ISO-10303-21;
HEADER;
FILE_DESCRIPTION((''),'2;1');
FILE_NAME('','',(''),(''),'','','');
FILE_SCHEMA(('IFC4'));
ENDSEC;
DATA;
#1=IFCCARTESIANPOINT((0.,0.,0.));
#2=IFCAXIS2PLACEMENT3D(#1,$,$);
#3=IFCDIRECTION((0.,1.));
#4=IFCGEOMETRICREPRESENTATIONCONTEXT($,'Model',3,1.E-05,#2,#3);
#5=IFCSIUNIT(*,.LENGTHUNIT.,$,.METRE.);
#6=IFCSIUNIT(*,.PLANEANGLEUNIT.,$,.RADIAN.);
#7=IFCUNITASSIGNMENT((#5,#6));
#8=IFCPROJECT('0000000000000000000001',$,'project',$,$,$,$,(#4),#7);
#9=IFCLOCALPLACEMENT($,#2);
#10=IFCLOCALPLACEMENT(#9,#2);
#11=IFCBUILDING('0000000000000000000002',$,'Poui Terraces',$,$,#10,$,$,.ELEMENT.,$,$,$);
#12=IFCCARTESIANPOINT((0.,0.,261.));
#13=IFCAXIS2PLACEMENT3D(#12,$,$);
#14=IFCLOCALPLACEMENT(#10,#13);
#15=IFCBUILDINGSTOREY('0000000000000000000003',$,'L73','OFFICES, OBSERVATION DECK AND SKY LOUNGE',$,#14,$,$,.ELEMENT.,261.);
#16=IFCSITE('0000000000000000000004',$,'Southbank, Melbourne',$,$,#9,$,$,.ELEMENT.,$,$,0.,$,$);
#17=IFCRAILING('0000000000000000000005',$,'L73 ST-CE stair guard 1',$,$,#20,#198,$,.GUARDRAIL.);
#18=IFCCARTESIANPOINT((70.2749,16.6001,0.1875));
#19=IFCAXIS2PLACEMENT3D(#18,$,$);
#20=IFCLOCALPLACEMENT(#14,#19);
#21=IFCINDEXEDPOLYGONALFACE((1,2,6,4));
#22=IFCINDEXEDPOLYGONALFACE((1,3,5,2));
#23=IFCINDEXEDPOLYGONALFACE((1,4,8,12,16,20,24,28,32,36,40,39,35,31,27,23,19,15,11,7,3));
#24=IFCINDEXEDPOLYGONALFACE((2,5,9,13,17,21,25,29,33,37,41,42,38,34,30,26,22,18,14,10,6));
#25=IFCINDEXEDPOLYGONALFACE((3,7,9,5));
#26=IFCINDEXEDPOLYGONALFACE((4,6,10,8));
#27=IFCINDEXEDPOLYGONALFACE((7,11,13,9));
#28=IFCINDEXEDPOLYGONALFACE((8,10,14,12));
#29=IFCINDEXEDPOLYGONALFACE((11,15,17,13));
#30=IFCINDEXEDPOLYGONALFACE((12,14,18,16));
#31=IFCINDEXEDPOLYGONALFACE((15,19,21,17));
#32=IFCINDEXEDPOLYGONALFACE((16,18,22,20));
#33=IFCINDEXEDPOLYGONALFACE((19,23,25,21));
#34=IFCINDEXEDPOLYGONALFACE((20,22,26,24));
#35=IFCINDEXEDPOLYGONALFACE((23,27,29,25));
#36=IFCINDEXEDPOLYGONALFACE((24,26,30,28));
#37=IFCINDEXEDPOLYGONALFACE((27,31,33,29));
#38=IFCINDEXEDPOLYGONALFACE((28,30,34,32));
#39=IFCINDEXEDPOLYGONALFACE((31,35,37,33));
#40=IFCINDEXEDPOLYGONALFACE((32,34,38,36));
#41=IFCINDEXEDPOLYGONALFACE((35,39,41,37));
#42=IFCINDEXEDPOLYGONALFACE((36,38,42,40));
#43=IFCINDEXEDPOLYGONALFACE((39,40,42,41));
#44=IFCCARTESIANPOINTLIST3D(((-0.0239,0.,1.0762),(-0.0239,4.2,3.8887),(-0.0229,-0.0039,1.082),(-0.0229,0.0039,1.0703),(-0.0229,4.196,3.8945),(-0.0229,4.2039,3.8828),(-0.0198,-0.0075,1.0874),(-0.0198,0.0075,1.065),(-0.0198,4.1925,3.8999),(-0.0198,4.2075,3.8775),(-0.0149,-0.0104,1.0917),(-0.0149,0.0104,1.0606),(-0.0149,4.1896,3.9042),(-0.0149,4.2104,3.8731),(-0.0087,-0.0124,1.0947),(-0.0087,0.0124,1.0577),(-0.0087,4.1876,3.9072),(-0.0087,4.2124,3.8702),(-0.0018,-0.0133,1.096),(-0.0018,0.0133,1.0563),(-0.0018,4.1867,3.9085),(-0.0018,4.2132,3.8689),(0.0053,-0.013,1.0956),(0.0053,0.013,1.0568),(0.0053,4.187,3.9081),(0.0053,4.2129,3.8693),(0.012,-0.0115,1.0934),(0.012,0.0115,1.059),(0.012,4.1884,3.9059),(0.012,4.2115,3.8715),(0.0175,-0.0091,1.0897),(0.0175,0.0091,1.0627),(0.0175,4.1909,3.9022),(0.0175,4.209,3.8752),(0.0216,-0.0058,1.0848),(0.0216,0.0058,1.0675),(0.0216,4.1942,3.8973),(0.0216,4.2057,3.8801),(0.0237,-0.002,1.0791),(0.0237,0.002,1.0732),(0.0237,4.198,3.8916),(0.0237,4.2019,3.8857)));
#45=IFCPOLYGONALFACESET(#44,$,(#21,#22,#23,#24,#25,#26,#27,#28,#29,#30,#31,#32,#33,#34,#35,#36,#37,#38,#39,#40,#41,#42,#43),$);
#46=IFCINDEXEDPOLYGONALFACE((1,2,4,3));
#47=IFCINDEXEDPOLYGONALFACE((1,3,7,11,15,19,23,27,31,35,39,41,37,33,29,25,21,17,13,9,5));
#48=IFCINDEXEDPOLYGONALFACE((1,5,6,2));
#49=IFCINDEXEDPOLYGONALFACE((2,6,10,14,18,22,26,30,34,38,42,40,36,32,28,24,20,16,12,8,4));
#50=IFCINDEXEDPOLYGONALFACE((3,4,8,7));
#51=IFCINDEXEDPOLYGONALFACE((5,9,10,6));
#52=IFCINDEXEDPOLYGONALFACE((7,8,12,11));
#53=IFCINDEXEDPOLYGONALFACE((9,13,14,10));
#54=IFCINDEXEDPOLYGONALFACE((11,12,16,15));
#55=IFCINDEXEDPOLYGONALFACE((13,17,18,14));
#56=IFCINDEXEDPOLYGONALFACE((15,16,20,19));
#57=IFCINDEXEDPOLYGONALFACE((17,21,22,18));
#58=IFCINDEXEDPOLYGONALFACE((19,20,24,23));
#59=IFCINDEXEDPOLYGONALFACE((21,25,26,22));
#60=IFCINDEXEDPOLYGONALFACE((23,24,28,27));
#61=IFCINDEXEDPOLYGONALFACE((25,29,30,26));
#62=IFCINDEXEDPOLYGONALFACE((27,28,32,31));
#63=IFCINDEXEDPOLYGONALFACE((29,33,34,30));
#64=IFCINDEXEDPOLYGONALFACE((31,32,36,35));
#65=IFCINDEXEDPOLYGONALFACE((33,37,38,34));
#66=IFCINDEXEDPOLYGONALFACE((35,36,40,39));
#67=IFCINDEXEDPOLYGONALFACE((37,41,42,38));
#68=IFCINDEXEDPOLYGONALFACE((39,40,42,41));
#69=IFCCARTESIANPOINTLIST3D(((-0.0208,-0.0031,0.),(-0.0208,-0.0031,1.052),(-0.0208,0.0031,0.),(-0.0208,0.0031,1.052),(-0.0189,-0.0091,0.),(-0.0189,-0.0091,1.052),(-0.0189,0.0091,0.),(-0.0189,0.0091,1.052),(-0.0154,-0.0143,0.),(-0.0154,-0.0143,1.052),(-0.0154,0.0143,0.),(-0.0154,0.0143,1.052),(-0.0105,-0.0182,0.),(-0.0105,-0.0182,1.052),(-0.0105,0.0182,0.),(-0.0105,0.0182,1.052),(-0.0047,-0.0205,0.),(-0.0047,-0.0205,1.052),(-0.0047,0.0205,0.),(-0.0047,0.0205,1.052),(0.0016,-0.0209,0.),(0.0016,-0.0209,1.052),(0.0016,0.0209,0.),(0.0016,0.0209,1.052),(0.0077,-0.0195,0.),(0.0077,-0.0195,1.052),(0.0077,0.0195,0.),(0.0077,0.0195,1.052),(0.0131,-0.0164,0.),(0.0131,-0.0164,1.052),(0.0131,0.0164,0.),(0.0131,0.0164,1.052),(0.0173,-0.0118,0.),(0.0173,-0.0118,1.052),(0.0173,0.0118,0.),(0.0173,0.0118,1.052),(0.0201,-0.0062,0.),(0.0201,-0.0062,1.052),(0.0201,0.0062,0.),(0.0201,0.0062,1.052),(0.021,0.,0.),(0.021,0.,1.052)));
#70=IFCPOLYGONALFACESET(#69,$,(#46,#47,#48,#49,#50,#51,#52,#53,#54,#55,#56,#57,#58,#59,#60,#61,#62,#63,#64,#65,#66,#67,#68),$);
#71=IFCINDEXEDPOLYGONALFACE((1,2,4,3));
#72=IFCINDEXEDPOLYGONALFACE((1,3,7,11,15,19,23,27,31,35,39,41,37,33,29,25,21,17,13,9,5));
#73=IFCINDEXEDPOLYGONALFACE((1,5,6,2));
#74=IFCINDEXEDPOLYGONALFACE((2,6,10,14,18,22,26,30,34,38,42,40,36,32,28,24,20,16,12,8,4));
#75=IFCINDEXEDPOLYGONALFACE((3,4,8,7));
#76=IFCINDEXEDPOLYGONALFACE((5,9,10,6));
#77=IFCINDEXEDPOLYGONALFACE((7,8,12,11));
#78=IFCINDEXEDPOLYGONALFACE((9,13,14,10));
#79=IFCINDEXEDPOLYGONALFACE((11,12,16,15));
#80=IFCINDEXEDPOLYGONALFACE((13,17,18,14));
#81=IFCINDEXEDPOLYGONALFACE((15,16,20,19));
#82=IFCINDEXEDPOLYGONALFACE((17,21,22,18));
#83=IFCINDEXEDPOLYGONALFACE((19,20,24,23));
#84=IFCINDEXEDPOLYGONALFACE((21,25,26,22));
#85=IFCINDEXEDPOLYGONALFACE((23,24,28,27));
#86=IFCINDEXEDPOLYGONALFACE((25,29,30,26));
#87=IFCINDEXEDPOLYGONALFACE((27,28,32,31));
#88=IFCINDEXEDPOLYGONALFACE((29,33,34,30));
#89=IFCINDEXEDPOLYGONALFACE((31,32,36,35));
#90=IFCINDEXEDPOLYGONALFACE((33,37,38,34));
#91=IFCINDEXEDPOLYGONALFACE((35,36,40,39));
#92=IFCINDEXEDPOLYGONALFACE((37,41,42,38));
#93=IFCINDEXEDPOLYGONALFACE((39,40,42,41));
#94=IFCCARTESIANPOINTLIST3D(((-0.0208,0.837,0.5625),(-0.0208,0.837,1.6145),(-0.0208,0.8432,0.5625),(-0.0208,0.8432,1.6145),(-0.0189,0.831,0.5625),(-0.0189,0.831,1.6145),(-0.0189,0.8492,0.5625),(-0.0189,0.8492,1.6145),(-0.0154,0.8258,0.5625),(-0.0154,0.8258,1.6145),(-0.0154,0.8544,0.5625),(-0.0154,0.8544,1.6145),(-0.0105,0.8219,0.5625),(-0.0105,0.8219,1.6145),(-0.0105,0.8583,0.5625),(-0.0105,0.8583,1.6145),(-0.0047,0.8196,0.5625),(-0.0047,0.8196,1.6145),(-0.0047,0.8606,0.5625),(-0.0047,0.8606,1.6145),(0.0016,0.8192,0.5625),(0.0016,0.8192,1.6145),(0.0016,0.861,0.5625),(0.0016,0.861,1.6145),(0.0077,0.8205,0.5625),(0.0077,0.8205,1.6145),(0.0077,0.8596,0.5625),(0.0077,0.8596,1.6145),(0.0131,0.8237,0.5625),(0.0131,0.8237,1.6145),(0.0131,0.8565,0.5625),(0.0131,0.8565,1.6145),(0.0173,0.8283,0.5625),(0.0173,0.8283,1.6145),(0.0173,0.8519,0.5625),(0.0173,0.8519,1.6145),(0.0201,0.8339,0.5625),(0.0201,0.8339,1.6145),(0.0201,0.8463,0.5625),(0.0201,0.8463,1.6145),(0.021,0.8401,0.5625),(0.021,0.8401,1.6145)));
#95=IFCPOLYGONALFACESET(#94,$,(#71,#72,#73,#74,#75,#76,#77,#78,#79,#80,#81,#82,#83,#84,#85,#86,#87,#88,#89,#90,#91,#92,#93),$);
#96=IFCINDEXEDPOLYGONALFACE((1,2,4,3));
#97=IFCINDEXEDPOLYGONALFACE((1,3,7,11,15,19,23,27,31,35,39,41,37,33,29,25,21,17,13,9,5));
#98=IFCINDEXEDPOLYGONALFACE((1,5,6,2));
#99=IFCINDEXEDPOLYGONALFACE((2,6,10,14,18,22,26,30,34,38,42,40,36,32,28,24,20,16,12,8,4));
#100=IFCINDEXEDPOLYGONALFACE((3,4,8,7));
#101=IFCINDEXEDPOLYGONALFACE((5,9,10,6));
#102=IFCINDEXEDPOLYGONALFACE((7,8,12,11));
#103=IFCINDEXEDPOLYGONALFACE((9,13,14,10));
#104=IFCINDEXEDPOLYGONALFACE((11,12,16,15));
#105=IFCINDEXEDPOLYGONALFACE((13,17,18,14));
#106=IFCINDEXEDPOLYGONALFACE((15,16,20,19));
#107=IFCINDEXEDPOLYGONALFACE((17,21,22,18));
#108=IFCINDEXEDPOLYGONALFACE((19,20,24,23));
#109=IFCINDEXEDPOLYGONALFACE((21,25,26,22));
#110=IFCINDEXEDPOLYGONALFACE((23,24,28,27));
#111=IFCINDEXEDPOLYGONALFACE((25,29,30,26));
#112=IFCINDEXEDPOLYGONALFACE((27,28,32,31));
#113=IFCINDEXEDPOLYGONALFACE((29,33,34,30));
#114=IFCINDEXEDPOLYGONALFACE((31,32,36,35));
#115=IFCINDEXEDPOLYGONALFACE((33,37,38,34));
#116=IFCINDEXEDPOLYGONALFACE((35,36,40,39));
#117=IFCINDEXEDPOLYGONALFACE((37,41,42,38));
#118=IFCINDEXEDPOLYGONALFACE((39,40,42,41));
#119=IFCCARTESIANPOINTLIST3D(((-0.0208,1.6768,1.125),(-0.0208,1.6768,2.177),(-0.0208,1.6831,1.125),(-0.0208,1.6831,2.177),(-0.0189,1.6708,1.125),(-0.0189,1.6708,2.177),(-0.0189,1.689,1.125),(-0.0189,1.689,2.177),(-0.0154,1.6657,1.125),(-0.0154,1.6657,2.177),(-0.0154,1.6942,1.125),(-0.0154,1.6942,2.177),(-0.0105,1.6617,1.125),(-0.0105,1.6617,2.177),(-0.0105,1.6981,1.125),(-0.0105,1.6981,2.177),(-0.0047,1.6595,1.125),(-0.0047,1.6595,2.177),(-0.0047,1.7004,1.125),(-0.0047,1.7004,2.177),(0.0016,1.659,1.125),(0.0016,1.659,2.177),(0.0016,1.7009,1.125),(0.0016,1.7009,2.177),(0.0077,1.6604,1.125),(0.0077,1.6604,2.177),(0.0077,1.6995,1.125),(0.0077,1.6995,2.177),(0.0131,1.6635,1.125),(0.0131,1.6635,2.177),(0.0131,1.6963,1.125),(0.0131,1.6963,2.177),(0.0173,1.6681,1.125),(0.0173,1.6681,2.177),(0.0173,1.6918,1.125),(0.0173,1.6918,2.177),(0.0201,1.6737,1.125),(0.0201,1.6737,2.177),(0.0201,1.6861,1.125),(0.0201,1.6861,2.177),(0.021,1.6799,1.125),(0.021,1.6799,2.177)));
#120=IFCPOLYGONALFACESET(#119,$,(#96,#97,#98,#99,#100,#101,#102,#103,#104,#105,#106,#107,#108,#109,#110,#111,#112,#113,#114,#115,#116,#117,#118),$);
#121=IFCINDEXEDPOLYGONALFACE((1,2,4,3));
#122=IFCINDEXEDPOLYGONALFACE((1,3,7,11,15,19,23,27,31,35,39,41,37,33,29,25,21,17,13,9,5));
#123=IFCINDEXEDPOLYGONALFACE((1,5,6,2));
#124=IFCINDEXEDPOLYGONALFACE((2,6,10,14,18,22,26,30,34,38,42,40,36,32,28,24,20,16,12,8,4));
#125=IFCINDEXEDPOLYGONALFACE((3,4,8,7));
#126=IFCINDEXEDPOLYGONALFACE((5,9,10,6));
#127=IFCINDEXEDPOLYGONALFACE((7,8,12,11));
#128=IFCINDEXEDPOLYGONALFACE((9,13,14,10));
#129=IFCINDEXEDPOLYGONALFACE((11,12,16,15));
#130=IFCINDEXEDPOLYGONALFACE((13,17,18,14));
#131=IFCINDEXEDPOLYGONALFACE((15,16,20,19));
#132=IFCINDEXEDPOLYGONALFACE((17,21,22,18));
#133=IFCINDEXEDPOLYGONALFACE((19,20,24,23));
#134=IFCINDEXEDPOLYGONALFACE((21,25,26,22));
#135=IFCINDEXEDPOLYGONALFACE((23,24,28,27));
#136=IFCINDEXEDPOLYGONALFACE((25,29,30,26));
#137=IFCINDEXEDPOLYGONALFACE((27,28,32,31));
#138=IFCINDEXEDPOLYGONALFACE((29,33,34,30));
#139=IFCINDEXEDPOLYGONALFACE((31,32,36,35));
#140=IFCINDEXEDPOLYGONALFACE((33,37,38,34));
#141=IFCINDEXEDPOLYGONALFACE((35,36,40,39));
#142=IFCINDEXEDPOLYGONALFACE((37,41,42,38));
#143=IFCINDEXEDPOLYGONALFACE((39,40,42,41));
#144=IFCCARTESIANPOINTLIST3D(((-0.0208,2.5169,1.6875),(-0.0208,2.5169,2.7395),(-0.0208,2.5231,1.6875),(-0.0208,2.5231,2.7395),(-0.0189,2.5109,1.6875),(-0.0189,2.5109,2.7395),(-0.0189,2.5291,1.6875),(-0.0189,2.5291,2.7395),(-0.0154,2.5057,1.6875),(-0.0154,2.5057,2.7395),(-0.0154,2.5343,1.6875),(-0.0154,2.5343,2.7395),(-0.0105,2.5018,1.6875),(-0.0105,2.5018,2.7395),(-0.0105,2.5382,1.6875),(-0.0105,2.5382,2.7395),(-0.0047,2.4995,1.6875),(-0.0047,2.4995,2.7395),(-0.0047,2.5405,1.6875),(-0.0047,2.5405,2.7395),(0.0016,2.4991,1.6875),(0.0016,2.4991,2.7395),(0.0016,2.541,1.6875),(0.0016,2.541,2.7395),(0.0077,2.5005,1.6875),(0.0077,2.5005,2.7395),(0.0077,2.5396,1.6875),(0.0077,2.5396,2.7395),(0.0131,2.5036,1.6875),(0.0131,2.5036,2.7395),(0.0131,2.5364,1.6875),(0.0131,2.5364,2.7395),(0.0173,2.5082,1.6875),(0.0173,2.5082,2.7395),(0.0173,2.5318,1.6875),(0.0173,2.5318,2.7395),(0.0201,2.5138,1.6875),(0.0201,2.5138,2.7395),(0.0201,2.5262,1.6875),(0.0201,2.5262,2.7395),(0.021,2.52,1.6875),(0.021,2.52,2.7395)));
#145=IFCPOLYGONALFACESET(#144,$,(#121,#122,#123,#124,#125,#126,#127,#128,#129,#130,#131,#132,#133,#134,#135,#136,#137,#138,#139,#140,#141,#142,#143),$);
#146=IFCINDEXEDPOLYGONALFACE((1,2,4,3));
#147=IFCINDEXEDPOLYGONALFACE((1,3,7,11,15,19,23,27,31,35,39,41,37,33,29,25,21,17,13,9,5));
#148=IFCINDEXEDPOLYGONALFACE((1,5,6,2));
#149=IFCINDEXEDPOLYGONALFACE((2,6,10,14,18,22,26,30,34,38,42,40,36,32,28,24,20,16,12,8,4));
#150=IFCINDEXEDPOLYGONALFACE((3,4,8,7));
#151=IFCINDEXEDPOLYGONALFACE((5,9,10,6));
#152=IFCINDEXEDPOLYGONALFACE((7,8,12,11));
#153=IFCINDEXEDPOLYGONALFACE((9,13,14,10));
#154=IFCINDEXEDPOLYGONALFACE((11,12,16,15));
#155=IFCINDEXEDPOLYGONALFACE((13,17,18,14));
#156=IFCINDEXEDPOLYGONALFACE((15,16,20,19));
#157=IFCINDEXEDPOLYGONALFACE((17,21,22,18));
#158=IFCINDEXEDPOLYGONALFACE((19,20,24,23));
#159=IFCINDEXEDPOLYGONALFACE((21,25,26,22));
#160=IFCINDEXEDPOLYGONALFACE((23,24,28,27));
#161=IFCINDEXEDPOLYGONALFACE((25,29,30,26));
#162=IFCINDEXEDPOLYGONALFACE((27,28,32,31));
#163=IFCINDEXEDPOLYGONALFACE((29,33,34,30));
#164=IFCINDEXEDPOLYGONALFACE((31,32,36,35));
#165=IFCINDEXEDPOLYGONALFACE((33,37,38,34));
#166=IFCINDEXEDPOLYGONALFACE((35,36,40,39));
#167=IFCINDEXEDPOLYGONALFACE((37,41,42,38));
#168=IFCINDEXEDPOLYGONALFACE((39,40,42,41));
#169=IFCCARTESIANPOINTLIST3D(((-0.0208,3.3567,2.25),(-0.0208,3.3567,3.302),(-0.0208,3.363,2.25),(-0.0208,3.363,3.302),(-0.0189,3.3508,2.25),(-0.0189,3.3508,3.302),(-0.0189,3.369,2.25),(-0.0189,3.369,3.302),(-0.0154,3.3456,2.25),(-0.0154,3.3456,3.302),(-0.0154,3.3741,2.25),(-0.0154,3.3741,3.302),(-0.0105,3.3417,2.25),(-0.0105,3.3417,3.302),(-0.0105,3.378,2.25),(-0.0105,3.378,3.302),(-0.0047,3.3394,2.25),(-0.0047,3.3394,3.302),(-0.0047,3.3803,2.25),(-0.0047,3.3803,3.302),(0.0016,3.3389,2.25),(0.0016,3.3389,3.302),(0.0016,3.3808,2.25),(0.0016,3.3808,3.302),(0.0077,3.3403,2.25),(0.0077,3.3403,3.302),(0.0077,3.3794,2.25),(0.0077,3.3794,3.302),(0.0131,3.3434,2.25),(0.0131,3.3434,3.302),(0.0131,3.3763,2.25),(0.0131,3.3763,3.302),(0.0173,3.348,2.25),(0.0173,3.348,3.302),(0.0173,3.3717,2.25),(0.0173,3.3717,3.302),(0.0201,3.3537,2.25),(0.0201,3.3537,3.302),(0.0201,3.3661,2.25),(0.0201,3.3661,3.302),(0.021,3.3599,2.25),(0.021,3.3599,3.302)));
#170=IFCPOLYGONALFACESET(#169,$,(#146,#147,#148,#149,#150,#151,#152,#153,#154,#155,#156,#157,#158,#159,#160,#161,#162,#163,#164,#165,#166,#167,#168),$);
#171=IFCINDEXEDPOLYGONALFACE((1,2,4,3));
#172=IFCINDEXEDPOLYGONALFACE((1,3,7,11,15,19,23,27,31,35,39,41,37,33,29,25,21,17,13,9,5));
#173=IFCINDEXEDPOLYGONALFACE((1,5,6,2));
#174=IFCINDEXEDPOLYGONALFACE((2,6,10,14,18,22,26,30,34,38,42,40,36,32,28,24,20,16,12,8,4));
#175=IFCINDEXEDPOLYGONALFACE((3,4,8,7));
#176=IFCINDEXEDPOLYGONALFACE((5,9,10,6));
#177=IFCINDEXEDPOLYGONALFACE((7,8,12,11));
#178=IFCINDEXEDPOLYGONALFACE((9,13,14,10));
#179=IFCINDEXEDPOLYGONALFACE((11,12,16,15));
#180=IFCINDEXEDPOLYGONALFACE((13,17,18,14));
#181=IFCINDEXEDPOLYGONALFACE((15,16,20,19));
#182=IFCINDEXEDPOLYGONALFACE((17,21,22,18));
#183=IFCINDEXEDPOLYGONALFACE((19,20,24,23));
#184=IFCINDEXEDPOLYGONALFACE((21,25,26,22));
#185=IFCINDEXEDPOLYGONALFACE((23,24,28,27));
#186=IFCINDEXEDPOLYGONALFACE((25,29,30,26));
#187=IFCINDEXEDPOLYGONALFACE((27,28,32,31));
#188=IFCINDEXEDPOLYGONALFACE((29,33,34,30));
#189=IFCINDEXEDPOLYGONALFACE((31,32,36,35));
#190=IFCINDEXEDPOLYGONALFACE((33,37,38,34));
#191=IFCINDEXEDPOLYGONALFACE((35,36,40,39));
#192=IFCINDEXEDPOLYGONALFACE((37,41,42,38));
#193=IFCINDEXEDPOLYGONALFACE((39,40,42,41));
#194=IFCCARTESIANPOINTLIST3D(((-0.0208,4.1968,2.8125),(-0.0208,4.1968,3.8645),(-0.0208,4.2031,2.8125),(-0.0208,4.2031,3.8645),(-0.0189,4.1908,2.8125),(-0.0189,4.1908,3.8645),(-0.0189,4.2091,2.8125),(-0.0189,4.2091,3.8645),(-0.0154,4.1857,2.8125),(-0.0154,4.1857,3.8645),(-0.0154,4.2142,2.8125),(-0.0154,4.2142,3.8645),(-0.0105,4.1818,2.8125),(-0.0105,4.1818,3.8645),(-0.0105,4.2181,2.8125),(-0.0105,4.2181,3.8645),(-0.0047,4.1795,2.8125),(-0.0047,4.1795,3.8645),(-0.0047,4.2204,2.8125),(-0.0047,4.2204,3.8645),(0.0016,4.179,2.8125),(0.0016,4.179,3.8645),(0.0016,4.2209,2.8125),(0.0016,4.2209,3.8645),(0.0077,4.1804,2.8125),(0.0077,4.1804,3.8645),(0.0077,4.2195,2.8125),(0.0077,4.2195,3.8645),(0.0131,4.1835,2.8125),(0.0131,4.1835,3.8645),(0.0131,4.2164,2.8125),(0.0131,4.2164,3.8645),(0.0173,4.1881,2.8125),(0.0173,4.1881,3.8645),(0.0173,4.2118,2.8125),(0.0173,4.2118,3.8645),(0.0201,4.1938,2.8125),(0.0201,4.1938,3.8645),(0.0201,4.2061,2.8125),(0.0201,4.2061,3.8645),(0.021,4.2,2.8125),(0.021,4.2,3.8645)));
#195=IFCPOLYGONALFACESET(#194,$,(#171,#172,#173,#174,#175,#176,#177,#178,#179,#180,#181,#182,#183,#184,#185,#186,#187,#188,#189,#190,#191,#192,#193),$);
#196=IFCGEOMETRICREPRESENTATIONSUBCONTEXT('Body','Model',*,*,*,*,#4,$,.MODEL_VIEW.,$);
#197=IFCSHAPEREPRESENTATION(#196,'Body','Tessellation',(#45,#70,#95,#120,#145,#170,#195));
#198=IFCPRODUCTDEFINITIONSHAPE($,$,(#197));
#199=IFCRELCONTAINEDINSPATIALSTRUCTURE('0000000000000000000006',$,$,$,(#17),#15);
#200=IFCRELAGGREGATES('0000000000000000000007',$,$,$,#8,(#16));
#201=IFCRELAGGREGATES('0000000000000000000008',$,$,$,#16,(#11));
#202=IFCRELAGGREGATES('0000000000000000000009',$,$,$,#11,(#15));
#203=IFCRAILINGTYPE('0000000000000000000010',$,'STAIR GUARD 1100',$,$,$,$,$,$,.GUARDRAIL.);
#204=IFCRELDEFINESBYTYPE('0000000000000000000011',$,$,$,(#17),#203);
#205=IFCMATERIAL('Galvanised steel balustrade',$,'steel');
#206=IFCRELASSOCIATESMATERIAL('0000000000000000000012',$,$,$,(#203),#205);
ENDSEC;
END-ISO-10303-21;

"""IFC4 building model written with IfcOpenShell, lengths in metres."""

from ifc_helpers import new_model, si_unit, direction, frame, origin, origin_2d, place, context, subcontext, project, spatial, circle, extrude, material, type_object, element, save


model = new_model("IFC4")

# Units and contexts
model_context = context("Model", 3, precision=1e-05, world=origin(), true_north=direction((0.0, 1.0)))
body_context = subcontext(model_context, "Body", "Model", "MODEL_VIEW")
ifc_project = project(units=[si_unit("LENGTHUNIT", "METRE"), si_unit("PLANEANGLEUNIT", "RADIAN")], contexts=[model_context])

# Site, building, storey
site_placement = place(None, origin())
site = spatial("IfcSite", under=ifc_project, at=site_placement, Name="Southbank, Melbourne", CompositionType="ELEMENT", RefElevation=0.0)
building_placement = place(site_placement, origin())
building = spatial("IfcBuilding", under=site, at=building_placement, Name="Poui Terraces", CompositionType="ELEMENT")
storey_placement = place(building_placement, frame((0.0, 0.0, 261.0)))
storey = spatial("IfcBuildingStorey", under=building, at=storey_placement, Name="L73", Description="OFFICES, OBSERVATION DECK AND SKY LOUNGE", CompositionType="ELEMENT", Elevation=261.0)

# Railing
ifc_material_1 = material(Name="Galvanised steel balustrade", Category="steel")
railing_type = type_object("IfcRailingType", Name="STAIR GUARD 1100", PredefinedType="GUARDRAIL", material=ifc_material_1)
railing_1_placement = place(storey_placement, frame((70.2749, 16.6001, 0.1875)))
element("IfcRailing", 1, at=railing_1_placement, inside=storey, type_object=railing_type, Name="L73 ST-CE stair guard 1", PredefinedType="GUARDRAIL", context=body_context, shape_type="SweptSolid", body=[
    extrude(circle(Radius=0.0239, at=origin_2d()), frame((0.0, 0.0, 1.0762), z_axis=(0.0, 0.830904, 0.556416), x_axis=(-1.0, 0.0, 0.0)), (0.0, 0.0, 1.0), 5.0547),
    extrude(circle(Radius=0.021, at=origin_2d()), origin(), (0.0, 0.0, 1.0), 1.052),
    extrude(circle(Radius=0.021, at=origin_2d()), frame((0.0, 0.8401, 0.5625)), (0.0, 0.0, 1.0), 1.052),
    extrude(circle(Radius=0.021, at=origin_2d()), frame((0.0, 1.6799, 1.125)), (0.0, 0.0, 1.0), 1.052),
    extrude(circle(Radius=0.021, at=origin_2d()), frame((0.0, 2.52, 1.6875)), (0.0, 0.0, 1.0), 1.052),
    extrude(circle(Radius=0.021, at=origin_2d()), frame((0.0, 3.3599, 2.25)), (0.0, 0.0, 1.0), 1.052),
    extrude(circle(Radius=0.021, at=origin_2d()), frame((0.0, 4.2, 2.8125)), (0.0, 0.0, 1.0), 1.052),
])

save(model, "model.ifc")
